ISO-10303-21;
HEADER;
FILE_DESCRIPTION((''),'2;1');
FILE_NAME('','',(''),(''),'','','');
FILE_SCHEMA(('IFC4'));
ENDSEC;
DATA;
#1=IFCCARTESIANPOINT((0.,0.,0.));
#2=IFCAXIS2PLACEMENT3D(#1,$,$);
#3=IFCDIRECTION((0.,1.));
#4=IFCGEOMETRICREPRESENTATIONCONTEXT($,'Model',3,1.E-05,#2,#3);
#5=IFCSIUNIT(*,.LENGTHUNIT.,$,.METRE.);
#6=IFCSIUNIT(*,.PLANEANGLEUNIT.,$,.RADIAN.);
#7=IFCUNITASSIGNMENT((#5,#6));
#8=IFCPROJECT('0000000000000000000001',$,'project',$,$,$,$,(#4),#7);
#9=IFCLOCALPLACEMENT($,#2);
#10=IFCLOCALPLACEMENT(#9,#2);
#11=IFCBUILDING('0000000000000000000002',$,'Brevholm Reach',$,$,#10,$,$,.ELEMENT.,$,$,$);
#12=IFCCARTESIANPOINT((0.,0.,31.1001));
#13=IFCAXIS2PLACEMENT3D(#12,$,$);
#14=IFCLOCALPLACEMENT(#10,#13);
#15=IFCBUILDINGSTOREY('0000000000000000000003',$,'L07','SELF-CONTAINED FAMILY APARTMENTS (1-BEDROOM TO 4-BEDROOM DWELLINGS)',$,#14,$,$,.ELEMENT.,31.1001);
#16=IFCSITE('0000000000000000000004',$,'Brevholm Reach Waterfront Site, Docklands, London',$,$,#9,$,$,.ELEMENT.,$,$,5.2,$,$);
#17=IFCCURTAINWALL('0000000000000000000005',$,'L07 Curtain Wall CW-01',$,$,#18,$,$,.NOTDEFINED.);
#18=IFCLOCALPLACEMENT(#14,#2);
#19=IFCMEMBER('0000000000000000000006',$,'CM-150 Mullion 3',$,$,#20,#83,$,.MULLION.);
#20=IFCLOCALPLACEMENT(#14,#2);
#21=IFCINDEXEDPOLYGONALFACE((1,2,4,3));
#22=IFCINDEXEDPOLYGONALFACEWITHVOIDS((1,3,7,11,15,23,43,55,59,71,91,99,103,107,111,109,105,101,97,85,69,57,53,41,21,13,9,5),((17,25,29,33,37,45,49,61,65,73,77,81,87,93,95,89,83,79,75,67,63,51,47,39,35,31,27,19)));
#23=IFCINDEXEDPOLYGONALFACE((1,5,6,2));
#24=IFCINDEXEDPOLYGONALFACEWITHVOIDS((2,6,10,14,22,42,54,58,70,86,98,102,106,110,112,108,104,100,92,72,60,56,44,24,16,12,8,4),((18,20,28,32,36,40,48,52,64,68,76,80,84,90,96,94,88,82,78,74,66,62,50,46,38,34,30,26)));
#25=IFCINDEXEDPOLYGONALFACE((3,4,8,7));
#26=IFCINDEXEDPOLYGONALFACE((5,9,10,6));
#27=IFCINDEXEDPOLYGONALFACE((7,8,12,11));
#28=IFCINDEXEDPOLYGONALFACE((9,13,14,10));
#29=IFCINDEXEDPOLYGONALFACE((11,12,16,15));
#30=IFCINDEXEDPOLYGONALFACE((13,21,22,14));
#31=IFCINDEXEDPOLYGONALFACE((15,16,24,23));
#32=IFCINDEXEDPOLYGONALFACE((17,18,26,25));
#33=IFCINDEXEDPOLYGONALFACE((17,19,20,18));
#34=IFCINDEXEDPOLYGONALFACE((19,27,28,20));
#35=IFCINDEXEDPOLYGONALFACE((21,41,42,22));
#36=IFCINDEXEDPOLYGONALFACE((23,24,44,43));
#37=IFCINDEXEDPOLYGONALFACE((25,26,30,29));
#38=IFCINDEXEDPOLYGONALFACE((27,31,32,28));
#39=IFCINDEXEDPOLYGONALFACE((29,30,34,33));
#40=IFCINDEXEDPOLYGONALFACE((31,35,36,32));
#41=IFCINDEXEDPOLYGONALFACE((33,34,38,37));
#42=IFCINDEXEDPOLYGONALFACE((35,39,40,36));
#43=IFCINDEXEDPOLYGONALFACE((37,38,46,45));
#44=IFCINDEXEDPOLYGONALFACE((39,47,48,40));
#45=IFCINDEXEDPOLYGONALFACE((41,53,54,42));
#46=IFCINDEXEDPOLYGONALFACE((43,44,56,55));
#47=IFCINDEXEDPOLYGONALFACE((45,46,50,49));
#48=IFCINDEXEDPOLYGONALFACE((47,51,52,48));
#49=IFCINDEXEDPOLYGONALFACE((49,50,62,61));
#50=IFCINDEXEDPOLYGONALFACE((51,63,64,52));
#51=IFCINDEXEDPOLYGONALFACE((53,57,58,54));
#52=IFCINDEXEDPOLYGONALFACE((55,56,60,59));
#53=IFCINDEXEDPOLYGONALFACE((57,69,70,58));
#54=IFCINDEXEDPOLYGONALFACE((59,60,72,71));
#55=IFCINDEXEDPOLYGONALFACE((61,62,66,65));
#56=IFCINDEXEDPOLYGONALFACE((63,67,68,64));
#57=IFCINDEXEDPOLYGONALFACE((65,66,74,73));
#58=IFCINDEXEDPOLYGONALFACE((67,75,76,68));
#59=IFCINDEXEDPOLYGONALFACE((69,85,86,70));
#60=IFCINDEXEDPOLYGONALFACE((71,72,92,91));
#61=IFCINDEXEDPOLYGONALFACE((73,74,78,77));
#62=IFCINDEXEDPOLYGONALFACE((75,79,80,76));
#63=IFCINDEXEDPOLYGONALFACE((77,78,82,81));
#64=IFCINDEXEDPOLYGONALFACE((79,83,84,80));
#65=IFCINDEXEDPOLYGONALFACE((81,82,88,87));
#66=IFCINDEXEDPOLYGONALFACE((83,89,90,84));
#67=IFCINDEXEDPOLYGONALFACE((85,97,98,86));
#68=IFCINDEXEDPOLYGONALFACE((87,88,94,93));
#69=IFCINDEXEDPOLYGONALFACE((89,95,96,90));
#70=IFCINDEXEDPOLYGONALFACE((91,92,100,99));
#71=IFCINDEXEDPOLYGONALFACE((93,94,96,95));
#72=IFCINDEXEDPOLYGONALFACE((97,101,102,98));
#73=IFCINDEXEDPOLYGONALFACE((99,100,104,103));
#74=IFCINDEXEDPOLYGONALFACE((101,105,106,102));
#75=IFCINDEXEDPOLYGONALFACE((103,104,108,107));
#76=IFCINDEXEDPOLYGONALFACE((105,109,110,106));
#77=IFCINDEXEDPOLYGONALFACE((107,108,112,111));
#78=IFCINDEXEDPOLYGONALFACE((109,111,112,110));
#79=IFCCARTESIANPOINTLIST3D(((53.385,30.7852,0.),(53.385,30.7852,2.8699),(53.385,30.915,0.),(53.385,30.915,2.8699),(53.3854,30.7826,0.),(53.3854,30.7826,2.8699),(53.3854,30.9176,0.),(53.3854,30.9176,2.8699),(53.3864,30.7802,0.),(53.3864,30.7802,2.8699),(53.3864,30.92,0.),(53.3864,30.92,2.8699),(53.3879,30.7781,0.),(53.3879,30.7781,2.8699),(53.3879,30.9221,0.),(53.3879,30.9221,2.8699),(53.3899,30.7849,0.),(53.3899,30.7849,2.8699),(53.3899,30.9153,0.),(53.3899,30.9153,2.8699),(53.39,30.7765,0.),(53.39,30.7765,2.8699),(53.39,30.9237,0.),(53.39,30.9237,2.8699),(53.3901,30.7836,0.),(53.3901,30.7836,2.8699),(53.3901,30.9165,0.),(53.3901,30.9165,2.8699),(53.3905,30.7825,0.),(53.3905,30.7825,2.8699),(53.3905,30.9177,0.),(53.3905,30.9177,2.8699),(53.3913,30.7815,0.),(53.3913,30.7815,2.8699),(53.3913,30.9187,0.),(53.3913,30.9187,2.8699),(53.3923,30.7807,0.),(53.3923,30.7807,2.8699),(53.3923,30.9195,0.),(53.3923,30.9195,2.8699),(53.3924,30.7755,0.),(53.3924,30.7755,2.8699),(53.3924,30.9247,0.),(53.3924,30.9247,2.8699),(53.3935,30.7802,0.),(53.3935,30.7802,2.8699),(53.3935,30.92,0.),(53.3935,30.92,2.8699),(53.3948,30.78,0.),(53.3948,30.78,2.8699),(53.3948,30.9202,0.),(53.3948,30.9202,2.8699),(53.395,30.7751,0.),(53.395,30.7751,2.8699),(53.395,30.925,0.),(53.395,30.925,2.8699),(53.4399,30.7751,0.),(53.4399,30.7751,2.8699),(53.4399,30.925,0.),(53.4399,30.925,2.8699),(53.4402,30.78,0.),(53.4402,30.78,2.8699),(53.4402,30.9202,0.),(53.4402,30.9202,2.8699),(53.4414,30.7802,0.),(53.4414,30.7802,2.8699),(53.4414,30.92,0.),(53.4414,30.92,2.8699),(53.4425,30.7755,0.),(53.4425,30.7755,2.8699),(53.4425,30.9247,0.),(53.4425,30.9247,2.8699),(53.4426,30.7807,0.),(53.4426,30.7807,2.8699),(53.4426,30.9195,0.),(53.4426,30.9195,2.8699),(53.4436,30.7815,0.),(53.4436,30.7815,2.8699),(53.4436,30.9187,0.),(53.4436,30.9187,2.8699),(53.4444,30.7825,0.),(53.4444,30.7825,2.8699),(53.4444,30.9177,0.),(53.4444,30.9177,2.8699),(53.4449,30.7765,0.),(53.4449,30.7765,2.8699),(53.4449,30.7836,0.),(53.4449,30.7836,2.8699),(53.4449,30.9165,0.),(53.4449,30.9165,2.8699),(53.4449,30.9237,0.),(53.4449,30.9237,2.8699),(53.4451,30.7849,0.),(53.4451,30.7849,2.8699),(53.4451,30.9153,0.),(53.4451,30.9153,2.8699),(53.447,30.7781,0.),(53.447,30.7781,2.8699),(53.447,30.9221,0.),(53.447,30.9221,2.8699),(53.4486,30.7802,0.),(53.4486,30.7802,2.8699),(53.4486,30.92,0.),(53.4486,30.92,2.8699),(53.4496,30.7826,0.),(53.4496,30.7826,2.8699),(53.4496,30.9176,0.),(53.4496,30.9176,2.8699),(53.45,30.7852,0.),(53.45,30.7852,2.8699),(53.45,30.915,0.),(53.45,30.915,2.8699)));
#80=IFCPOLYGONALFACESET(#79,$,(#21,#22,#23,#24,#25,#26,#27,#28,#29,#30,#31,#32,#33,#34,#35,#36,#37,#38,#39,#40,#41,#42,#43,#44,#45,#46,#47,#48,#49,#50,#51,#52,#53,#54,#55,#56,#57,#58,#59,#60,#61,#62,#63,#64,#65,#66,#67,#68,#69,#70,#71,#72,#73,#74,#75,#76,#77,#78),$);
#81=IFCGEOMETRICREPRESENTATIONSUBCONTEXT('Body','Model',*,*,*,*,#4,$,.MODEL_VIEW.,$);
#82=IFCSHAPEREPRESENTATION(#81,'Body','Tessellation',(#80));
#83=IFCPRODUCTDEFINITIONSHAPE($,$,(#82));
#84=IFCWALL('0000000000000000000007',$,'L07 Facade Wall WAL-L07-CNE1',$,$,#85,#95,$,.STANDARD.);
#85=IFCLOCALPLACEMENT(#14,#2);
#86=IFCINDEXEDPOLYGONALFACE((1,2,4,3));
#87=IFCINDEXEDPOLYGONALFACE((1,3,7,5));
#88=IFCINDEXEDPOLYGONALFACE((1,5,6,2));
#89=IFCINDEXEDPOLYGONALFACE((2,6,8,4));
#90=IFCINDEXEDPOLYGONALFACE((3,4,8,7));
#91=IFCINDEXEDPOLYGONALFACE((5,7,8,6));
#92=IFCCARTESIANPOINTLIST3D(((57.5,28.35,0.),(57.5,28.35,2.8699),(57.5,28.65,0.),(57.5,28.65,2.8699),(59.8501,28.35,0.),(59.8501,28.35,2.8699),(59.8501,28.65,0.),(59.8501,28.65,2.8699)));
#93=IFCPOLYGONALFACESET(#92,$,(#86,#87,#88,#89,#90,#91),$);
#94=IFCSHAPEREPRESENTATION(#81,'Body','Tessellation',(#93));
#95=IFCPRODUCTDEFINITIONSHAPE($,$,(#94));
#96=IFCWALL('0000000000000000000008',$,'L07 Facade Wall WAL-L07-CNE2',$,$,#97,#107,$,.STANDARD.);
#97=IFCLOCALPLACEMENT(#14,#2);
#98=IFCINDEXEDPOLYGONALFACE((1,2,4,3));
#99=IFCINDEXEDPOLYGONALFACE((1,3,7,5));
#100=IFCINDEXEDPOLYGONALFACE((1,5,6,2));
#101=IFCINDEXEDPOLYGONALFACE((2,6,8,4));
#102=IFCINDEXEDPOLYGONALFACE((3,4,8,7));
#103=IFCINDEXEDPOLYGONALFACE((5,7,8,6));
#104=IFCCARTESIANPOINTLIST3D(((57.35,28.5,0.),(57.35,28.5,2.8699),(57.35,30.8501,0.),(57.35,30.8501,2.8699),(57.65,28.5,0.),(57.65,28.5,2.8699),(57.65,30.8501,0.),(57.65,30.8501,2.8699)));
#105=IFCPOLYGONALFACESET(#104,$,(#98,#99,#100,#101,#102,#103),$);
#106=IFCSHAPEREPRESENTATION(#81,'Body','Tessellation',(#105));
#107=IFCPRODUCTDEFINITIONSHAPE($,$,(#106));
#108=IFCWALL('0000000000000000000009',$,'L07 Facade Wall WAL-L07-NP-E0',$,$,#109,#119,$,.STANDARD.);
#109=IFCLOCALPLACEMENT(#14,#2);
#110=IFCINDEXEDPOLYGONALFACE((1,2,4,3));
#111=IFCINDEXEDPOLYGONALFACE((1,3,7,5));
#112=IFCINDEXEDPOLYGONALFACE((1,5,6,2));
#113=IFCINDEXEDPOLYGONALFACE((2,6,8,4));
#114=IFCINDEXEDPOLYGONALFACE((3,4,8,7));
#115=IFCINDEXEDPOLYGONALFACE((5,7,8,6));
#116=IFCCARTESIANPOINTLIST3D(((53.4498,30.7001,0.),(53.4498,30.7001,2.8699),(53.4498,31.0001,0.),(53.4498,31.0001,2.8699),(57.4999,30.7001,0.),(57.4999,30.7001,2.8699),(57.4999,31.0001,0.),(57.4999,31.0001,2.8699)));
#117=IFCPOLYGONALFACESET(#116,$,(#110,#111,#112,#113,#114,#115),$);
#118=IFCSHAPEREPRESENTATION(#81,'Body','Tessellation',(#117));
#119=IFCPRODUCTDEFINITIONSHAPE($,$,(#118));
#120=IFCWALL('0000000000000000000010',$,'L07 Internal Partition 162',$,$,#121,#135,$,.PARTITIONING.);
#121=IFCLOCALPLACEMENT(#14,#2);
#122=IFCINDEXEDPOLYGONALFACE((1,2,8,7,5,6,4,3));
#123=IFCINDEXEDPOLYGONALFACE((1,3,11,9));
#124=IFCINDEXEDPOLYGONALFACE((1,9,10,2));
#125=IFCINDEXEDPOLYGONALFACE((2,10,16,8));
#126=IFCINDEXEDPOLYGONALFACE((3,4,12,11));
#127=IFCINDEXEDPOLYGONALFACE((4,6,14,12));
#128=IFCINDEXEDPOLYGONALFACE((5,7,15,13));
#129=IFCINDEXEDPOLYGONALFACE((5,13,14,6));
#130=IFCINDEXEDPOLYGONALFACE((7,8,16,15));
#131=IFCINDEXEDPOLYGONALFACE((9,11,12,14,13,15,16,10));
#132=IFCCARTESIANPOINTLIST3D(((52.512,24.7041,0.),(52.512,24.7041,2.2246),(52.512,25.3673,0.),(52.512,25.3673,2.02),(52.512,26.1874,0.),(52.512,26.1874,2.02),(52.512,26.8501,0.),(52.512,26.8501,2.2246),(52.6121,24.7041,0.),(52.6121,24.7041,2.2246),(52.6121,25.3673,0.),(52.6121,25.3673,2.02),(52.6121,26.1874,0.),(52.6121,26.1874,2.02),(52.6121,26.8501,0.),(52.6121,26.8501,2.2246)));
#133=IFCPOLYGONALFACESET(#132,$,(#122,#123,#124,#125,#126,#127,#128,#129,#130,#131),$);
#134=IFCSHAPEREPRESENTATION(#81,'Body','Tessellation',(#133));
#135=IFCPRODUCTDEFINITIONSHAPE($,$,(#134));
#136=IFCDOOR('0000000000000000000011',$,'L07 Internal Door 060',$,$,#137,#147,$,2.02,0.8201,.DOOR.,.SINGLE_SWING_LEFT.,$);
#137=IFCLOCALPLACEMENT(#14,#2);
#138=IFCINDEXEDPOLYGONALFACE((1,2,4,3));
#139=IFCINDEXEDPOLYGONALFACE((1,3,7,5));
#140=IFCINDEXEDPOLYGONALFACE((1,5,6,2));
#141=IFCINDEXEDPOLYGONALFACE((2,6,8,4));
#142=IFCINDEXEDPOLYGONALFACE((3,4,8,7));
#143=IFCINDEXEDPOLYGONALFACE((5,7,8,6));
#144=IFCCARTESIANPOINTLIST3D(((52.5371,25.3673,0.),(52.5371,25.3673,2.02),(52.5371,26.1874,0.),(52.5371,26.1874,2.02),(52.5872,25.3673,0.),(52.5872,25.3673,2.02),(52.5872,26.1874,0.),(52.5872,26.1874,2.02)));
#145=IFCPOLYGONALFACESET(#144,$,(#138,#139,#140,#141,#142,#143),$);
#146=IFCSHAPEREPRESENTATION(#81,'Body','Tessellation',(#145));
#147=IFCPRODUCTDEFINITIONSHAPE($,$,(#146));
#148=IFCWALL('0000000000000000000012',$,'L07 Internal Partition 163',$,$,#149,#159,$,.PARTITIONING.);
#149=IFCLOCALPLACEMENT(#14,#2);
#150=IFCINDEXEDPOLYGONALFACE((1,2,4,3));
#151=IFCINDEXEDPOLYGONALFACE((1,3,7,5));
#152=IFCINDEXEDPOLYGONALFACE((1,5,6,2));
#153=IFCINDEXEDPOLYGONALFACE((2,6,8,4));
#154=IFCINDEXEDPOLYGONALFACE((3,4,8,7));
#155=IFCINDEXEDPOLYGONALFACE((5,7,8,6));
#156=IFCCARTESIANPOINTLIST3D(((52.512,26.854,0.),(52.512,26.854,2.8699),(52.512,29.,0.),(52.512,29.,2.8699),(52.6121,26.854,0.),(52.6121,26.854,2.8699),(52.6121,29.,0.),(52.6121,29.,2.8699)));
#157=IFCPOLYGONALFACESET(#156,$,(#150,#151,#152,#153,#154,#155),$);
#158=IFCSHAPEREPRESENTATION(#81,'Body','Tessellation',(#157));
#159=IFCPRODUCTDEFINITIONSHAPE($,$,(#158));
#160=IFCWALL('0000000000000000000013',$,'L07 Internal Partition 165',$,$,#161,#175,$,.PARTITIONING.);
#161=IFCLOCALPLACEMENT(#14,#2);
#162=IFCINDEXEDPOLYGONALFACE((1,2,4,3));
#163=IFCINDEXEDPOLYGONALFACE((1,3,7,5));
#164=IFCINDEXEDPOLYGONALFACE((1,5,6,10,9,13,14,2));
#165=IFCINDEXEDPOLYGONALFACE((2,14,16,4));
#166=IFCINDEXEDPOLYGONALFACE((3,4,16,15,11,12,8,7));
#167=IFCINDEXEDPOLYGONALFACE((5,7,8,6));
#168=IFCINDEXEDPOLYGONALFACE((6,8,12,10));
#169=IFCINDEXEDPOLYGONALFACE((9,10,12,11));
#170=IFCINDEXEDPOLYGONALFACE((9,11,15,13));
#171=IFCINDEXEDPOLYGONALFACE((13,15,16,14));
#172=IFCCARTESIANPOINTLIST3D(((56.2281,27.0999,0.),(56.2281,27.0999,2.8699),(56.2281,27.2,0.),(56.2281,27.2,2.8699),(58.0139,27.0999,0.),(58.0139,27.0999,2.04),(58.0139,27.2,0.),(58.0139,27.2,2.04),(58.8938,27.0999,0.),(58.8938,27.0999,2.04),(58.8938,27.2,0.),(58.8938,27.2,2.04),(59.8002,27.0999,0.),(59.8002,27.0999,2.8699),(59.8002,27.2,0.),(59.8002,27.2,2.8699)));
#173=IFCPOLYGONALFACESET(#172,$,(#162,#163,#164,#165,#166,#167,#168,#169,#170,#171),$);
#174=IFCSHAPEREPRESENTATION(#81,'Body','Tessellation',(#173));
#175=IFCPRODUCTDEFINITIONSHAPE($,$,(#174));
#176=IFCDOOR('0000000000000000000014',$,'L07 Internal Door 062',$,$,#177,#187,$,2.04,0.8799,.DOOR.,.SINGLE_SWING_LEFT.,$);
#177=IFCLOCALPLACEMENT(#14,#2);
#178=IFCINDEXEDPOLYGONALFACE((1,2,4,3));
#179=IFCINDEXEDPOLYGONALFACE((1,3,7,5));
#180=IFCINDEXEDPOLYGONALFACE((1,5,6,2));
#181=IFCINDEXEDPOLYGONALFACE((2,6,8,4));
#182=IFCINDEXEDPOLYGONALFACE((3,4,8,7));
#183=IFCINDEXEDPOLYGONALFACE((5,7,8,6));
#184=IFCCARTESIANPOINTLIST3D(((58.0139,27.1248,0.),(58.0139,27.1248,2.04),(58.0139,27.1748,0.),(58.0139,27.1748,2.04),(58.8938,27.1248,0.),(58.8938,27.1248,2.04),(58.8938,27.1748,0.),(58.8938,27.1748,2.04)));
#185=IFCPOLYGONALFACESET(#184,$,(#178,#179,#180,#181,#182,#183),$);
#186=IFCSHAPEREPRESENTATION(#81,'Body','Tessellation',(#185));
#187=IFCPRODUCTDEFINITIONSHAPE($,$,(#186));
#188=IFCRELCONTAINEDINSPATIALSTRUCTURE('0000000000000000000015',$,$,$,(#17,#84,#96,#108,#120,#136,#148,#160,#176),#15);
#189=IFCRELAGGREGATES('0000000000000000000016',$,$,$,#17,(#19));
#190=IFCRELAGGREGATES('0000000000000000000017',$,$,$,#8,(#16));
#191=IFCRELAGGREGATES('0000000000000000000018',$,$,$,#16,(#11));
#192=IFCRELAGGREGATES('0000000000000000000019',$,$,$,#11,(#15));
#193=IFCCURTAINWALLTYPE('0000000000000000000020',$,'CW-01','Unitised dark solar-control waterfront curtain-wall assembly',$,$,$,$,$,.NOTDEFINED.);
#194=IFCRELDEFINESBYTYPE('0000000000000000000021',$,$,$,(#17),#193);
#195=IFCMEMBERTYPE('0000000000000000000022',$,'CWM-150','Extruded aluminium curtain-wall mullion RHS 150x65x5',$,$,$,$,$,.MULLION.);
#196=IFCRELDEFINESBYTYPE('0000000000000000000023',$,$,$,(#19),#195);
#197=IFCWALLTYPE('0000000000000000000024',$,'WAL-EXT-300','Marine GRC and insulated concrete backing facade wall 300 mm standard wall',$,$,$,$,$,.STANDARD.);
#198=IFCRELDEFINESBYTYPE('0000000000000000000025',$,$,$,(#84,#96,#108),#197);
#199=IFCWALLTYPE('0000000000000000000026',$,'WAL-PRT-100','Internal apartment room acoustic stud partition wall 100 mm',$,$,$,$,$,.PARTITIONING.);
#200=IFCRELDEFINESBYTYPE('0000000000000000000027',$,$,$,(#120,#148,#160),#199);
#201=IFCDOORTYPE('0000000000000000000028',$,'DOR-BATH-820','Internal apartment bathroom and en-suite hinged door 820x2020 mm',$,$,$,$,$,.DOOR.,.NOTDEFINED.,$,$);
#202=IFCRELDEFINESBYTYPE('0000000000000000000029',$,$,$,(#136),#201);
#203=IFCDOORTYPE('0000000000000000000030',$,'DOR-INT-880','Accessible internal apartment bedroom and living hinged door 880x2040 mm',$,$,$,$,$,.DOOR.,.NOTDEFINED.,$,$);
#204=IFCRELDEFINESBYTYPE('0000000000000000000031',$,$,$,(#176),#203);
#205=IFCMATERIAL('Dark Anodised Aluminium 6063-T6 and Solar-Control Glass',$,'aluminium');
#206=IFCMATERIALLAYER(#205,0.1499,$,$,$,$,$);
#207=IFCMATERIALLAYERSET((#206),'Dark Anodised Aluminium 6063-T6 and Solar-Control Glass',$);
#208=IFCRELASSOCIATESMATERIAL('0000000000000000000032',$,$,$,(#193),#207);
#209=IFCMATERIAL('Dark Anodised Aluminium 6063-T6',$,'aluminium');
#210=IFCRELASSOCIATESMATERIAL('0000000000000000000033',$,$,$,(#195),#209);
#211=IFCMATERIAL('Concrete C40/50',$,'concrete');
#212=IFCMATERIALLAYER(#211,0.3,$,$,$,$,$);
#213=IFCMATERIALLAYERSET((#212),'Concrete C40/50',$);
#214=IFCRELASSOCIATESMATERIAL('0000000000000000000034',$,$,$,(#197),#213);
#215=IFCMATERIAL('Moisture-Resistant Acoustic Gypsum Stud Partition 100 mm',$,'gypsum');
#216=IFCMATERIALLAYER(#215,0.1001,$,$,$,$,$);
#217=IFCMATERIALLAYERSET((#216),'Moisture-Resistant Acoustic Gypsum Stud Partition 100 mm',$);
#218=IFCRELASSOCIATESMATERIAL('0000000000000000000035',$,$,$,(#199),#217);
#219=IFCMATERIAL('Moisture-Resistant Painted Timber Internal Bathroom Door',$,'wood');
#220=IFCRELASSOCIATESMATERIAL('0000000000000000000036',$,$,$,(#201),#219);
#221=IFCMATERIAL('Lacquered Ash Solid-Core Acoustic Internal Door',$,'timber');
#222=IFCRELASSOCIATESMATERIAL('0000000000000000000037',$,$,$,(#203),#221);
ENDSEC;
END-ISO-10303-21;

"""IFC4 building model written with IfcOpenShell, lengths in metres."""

from ifc_helpers import new_model, si_unit, direction, frame, frame_2d, origin, origin_2d, place, context, subcontext, project, spatial, rectangle, hollow_rectangle, extrude, material, layer, layer_set, material_profile, profile_set, type_object, element, fill, aggregate, save


model = new_model("IFC4")

# Units and contexts
model_context = context("Model", 3, precision=1e-05, world=origin(), true_north=direction((0.0, 1.0)))
body_context = subcontext(model_context, "Body", "Model", "MODEL_VIEW")
ifc_project = project(units=[si_unit("LENGTHUNIT", "METRE"), si_unit("PLANEANGLEUNIT", "RADIAN")], contexts=[model_context])

# Site, building, storey
site_placement = place(None, origin())
site = spatial("IfcSite", under=ifc_project, at=site_placement, Name="Brevholm Reach Waterfront Site, Docklands, London", CompositionType="ELEMENT", RefElevation=5.2)
building_placement = place(site_placement, origin())
building = spatial("IfcBuilding", under=site, at=building_placement, Name="Brevholm Reach", CompositionType="ELEMENT")
storey_placement = place(building_placement, frame((0.0, 0.0, 31.1001)))
storey = spatial("IfcBuildingStorey", under=building, at=storey_placement, Name="L07", Description="SELF-CONTAINED FAMILY APARTMENTS (1-BEDROOM TO 4-BEDROOM DWELLINGS)", CompositionType="ELEMENT", Elevation=31.1001)

# Curtain wall, member
ifc_material_1 = material(Name="Dark Anodised Aluminium 6063-T6 and Solar-Control Glass", Category="aluminium")
ifc_layer_1 = layer(ifc_material_1, 0.1499)
ifc_layer_set_1 = layer_set([ifc_layer_1], Name="Dark Anodised Aluminium 6063-T6 and Solar-Control Glass")
curtain_wall_type = type_object("IfcCurtainWallType", Name="CW-01", Description="Unitised dark solar-control waterfront curtain-wall assembly", PredefinedType="NOTDEFINED", material=ifc_layer_set_1)
curtain_wall_placement = place(storey_placement, origin())
curtain_wall = element("IfcCurtainWall", 1, at=curtain_wall_placement, inside=storey, type_object=curtain_wall_type, Name="L07 Curtain Wall CW-01", PredefinedType="NOTDEFINED")
ifc_material_2 = material(Name="Dark Anodised Aluminium 6063-T6", Category="aluminium")
ifc_material_profile_1 = material_profile(ifc_material_2, hollow_rectangle(XDim=0.0649, YDim=0.1499, WallThickness=0.0049, InnerFilletRadius=0.0049, OuterFilletRadius=0.01, at=origin_2d()), Name="RHS 150x65x5")
ifc_profile_set_1 = profile_set([ifc_material_profile_1], Name="Dark Anodised Aluminium 6063-T6")
member_type = type_object("IfcMemberType", Name="CWM-150", Description="Extruded aluminium curtain-wall mullion RHS 150x65x5", PredefinedType="MULLION", material=ifc_profile_set_1)
member_placement = place(storey_placement, frame((53.4175, 30.8501, 0.0), z_axis=(0.0, 0.0, 1.0), x_axis=(1.0, 0.0, 0.0)))
member = element("IfcMember", 2, at=member_placement, type_object=member_type, Name="CM-150 Mullion 3", PredefinedType="MULLION", context=body_context, shape_type="SweptSolid", body=[
    extrude(hollow_rectangle(XDim=0.0649, YDim=0.1499, WallThickness=0.0049, InnerFilletRadius=0.0049, OuterFilletRadius=0.01, at=origin_2d()), origin(), (0.0, 0.0, 1.0), 2.8699),
])
aggregate(curtain_wall, [member])

# Walls
ifc_material_3 = material(Name="Concrete C40/50", Category="concrete")
ifc_layer_2 = layer(ifc_material_3, 0.3)
ifc_layer_set_2 = layer_set([ifc_layer_2], Name="Concrete C40/50")
wall_type_1 = type_object("IfcWallType", Name="WAL-EXT-300", Description="Marine GRC and insulated concrete backing facade wall 300 mm standard wall", PredefinedType="STANDARD", material=ifc_layer_set_2)
for number, where, z_axis, x_axis, name in (
    (3, (59.8501, 28.5, 0.0), (0.0, 0.0, 1.0), (-1.0, 0.0, 0.0), "L07 Facade Wall WAL-L07-CNE1"),
    (4, (57.5, 28.5, 0.0), (0.0, 0.0, 1.0), (0.0, 1.0, 0.0), "L07 Facade Wall WAL-L07-CNE2"),
):
    element("IfcWall", number, at=place(storey_placement, frame(where, z_axis=z_axis, x_axis=x_axis)), inside=storey, type_object=wall_type_1, Name=name, PredefinedType="STANDARD", context=body_context, shape_type="SweptSolid", body=[
        extrude(rectangle(XDim=2.3501, YDim=0.3, at=frame_2d((1.175, 0.0))), origin(), (0.0, 0.0, 1.0), 2.8699),
    ])
wall_1_placement = place(storey_placement, frame((53.45, 30.8501, 0.0), z_axis=(0.0, 0.0, 1.0), x_axis=(1.0, 0.0, 0.0)))
element("IfcWall", 5, at=wall_1_placement, inside=storey, type_object=wall_type_1, Name="L07 Facade Wall WAL-L07-NP-E0", PredefinedType="STANDARD", context=body_context, shape_type="SweptSolid", body=[
    extrude(rectangle(XDim=4.05, YDim=0.3, at=frame_2d((2.0249, 0.0))), origin(), (0.0, 0.0, 1.0), 2.8699),
])

# Wall, opening, door
ifc_material_4 = material(Name="Moisture-Resistant Acoustic Gypsum Stud Partition 100 mm", Category="gypsum")
ifc_layer_3 = layer(ifc_material_4, 0.1001)
ifc_layer_set_3 = layer_set([ifc_layer_3], Name="Moisture-Resistant Acoustic Gypsum Stud Partition 100 mm")
wall_type_2 = type_object("IfcWallType", Name="WAL-PRT-100", Description="Internal apartment room acoustic stud partition wall 100 mm", PredefinedType="PARTITIONING", material=ifc_layer_set_3)
wall_2_placement = place(storey_placement, frame((52.562, 24.7041, 0.0), z_axis=(0.0, 0.0, 1.0), x_axis=(0.0, 1.0, 0.0)))
wall_2 = element("IfcWall", 6, at=wall_2_placement, inside=storey, type_object=wall_type_2, Name="L07 Internal Partition 162", PredefinedType="PARTITIONING", context=body_context, shape_type="SweptSolid", body=[
    extrude(rectangle(XDim=2.146, YDim=0.1001, at=frame_2d((1.073, 0.0))), origin(), (0.0, 0.0, 1.0), 2.2246),
])
opening_1_placement = place(wall_2_placement, frame((0.6631, 0.0, 0.0)))
opening_1 = element("IfcOpeningElement", 7, at=opening_1_placement, cuts=wall_2, PredefinedType="OPENING", context=body_context, shape_type="SweptSolid", body=[
    extrude(rectangle(XDim=0.8201, YDim=2.02, at=frame_2d((0.4102, 1.01))), frame((0.0, 0.0601, 0.0), z_axis=(0.0, -1.0, 0.0), x_axis=(1.0, 0.0, 0.0)), (0.0, 0.0, 1.0), 0.1201),
])
ifc_material_5 = material(Name="Moisture-Resistant Painted Timber Internal Bathroom Door", Category="wood")
door_type_1 = type_object("IfcDoorType", Name="DOR-BATH-820", Description="Internal apartment bathroom and en-suite hinged door 820x2020 mm", OperationType="NOTDEFINED", PredefinedType="DOOR", material=ifc_material_5)
door_1_placement = place(opening_1_placement, origin())
door_1 = element("IfcDoor", 8, at=door_1_placement, inside=storey, type_object=door_type_1, Name="L07 Internal Door 060", OperationType="SINGLE_SWING_LEFT", OverallHeight=2.02, OverallWidth=0.8201, PredefinedType="DOOR", context=body_context, shape_type="SweptSolid", body=[
    extrude(rectangle(XDim=0.8201, YDim=2.02, at=frame_2d((0.4102, 1.01))), frame((0.0, 0.0249, 0.0), z_axis=(0.0, -1.0, 0.0), x_axis=(1.0, 0.0, 0.0)), (0.0, 0.0, 1.0), 0.05),
])
fill(opening_1, door_1)

# Wall
wall_3_placement = place(storey_placement, frame((52.562, 26.854, 0.0), z_axis=(0.0, 0.0, 1.0), x_axis=(0.0, 1.0, 0.0)))
element("IfcWall", 9, at=wall_3_placement, inside=storey, type_object=wall_type_2, Name="L07 Internal Partition 163", PredefinedType="PARTITIONING", context=body_context, shape_type="SweptSolid", body=[
    extrude(rectangle(XDim=2.146, YDim=0.1001, at=frame_2d((1.073, 0.0))), origin(), (0.0, 0.0, 1.0), 2.8699),
])

# Wall, opening, door
wall_4_placement = place(storey_placement, frame((56.228, 27.1499, 0.0), z_axis=(0.0, 0.0, 1.0), x_axis=(1.0, 0.0, 0.0)))
wall_4 = element("IfcWall", 10, at=wall_4_placement, inside=storey, type_object=wall_type_2, Name="L07 Internal Partition 165", PredefinedType="PARTITIONING", context=body_context, shape_type="SweptSolid", body=[
    extrude(rectangle(XDim=3.572, YDim=0.1001, at=frame_2d((1.7861, 0.0))), origin(), (0.0, 0.0, 1.0), 2.8699),
])
opening_2_placement = place(wall_4_placement, frame((1.7859, 0.0, 0.0)))
opening_2 = element("IfcOpeningElement", 11, at=opening_2_placement, cuts=wall_4, PredefinedType="OPENING", context=body_context, shape_type="SweptSolid", body=[
    extrude(rectangle(XDim=0.8799, YDim=2.04, at=frame_2d((0.4399, 1.02))), frame((0.0, 0.0601, 0.0), z_axis=(0.0, -1.0, 0.0), x_axis=(1.0, 0.0, 0.0)), (0.0, 0.0, 1.0), 0.1201),
])
ifc_material_6 = material(Name="Lacquered Ash Solid-Core Acoustic Internal Door", Category="timber")
door_type_2 = type_object("IfcDoorType", Name="DOR-INT-880", Description="Accessible internal apartment bedroom and living hinged door 880x2040 mm", OperationType="NOTDEFINED", PredefinedType="DOOR", material=ifc_material_6)
door_2_placement = place(opening_2_placement, origin())
door_2 = element("IfcDoor", 12, at=door_2_placement, inside=storey, type_object=door_type_2, Name="L07 Internal Door 062", OperationType="SINGLE_SWING_LEFT", OverallHeight=2.04, OverallWidth=0.8799, PredefinedType="DOOR", context=body_context, shape_type="SweptSolid", body=[
    extrude(rectangle(XDim=0.8799, YDim=2.04, at=frame_2d((0.4399, 1.02))), frame((0.0, 0.0249, 0.0), z_axis=(0.0, -1.0, 0.0), x_axis=(1.0, 0.0, 0.0)), (0.0, 0.0, 1.0), 0.05),
])
fill(opening_2, door_2)

save(model, "model.ifc")
